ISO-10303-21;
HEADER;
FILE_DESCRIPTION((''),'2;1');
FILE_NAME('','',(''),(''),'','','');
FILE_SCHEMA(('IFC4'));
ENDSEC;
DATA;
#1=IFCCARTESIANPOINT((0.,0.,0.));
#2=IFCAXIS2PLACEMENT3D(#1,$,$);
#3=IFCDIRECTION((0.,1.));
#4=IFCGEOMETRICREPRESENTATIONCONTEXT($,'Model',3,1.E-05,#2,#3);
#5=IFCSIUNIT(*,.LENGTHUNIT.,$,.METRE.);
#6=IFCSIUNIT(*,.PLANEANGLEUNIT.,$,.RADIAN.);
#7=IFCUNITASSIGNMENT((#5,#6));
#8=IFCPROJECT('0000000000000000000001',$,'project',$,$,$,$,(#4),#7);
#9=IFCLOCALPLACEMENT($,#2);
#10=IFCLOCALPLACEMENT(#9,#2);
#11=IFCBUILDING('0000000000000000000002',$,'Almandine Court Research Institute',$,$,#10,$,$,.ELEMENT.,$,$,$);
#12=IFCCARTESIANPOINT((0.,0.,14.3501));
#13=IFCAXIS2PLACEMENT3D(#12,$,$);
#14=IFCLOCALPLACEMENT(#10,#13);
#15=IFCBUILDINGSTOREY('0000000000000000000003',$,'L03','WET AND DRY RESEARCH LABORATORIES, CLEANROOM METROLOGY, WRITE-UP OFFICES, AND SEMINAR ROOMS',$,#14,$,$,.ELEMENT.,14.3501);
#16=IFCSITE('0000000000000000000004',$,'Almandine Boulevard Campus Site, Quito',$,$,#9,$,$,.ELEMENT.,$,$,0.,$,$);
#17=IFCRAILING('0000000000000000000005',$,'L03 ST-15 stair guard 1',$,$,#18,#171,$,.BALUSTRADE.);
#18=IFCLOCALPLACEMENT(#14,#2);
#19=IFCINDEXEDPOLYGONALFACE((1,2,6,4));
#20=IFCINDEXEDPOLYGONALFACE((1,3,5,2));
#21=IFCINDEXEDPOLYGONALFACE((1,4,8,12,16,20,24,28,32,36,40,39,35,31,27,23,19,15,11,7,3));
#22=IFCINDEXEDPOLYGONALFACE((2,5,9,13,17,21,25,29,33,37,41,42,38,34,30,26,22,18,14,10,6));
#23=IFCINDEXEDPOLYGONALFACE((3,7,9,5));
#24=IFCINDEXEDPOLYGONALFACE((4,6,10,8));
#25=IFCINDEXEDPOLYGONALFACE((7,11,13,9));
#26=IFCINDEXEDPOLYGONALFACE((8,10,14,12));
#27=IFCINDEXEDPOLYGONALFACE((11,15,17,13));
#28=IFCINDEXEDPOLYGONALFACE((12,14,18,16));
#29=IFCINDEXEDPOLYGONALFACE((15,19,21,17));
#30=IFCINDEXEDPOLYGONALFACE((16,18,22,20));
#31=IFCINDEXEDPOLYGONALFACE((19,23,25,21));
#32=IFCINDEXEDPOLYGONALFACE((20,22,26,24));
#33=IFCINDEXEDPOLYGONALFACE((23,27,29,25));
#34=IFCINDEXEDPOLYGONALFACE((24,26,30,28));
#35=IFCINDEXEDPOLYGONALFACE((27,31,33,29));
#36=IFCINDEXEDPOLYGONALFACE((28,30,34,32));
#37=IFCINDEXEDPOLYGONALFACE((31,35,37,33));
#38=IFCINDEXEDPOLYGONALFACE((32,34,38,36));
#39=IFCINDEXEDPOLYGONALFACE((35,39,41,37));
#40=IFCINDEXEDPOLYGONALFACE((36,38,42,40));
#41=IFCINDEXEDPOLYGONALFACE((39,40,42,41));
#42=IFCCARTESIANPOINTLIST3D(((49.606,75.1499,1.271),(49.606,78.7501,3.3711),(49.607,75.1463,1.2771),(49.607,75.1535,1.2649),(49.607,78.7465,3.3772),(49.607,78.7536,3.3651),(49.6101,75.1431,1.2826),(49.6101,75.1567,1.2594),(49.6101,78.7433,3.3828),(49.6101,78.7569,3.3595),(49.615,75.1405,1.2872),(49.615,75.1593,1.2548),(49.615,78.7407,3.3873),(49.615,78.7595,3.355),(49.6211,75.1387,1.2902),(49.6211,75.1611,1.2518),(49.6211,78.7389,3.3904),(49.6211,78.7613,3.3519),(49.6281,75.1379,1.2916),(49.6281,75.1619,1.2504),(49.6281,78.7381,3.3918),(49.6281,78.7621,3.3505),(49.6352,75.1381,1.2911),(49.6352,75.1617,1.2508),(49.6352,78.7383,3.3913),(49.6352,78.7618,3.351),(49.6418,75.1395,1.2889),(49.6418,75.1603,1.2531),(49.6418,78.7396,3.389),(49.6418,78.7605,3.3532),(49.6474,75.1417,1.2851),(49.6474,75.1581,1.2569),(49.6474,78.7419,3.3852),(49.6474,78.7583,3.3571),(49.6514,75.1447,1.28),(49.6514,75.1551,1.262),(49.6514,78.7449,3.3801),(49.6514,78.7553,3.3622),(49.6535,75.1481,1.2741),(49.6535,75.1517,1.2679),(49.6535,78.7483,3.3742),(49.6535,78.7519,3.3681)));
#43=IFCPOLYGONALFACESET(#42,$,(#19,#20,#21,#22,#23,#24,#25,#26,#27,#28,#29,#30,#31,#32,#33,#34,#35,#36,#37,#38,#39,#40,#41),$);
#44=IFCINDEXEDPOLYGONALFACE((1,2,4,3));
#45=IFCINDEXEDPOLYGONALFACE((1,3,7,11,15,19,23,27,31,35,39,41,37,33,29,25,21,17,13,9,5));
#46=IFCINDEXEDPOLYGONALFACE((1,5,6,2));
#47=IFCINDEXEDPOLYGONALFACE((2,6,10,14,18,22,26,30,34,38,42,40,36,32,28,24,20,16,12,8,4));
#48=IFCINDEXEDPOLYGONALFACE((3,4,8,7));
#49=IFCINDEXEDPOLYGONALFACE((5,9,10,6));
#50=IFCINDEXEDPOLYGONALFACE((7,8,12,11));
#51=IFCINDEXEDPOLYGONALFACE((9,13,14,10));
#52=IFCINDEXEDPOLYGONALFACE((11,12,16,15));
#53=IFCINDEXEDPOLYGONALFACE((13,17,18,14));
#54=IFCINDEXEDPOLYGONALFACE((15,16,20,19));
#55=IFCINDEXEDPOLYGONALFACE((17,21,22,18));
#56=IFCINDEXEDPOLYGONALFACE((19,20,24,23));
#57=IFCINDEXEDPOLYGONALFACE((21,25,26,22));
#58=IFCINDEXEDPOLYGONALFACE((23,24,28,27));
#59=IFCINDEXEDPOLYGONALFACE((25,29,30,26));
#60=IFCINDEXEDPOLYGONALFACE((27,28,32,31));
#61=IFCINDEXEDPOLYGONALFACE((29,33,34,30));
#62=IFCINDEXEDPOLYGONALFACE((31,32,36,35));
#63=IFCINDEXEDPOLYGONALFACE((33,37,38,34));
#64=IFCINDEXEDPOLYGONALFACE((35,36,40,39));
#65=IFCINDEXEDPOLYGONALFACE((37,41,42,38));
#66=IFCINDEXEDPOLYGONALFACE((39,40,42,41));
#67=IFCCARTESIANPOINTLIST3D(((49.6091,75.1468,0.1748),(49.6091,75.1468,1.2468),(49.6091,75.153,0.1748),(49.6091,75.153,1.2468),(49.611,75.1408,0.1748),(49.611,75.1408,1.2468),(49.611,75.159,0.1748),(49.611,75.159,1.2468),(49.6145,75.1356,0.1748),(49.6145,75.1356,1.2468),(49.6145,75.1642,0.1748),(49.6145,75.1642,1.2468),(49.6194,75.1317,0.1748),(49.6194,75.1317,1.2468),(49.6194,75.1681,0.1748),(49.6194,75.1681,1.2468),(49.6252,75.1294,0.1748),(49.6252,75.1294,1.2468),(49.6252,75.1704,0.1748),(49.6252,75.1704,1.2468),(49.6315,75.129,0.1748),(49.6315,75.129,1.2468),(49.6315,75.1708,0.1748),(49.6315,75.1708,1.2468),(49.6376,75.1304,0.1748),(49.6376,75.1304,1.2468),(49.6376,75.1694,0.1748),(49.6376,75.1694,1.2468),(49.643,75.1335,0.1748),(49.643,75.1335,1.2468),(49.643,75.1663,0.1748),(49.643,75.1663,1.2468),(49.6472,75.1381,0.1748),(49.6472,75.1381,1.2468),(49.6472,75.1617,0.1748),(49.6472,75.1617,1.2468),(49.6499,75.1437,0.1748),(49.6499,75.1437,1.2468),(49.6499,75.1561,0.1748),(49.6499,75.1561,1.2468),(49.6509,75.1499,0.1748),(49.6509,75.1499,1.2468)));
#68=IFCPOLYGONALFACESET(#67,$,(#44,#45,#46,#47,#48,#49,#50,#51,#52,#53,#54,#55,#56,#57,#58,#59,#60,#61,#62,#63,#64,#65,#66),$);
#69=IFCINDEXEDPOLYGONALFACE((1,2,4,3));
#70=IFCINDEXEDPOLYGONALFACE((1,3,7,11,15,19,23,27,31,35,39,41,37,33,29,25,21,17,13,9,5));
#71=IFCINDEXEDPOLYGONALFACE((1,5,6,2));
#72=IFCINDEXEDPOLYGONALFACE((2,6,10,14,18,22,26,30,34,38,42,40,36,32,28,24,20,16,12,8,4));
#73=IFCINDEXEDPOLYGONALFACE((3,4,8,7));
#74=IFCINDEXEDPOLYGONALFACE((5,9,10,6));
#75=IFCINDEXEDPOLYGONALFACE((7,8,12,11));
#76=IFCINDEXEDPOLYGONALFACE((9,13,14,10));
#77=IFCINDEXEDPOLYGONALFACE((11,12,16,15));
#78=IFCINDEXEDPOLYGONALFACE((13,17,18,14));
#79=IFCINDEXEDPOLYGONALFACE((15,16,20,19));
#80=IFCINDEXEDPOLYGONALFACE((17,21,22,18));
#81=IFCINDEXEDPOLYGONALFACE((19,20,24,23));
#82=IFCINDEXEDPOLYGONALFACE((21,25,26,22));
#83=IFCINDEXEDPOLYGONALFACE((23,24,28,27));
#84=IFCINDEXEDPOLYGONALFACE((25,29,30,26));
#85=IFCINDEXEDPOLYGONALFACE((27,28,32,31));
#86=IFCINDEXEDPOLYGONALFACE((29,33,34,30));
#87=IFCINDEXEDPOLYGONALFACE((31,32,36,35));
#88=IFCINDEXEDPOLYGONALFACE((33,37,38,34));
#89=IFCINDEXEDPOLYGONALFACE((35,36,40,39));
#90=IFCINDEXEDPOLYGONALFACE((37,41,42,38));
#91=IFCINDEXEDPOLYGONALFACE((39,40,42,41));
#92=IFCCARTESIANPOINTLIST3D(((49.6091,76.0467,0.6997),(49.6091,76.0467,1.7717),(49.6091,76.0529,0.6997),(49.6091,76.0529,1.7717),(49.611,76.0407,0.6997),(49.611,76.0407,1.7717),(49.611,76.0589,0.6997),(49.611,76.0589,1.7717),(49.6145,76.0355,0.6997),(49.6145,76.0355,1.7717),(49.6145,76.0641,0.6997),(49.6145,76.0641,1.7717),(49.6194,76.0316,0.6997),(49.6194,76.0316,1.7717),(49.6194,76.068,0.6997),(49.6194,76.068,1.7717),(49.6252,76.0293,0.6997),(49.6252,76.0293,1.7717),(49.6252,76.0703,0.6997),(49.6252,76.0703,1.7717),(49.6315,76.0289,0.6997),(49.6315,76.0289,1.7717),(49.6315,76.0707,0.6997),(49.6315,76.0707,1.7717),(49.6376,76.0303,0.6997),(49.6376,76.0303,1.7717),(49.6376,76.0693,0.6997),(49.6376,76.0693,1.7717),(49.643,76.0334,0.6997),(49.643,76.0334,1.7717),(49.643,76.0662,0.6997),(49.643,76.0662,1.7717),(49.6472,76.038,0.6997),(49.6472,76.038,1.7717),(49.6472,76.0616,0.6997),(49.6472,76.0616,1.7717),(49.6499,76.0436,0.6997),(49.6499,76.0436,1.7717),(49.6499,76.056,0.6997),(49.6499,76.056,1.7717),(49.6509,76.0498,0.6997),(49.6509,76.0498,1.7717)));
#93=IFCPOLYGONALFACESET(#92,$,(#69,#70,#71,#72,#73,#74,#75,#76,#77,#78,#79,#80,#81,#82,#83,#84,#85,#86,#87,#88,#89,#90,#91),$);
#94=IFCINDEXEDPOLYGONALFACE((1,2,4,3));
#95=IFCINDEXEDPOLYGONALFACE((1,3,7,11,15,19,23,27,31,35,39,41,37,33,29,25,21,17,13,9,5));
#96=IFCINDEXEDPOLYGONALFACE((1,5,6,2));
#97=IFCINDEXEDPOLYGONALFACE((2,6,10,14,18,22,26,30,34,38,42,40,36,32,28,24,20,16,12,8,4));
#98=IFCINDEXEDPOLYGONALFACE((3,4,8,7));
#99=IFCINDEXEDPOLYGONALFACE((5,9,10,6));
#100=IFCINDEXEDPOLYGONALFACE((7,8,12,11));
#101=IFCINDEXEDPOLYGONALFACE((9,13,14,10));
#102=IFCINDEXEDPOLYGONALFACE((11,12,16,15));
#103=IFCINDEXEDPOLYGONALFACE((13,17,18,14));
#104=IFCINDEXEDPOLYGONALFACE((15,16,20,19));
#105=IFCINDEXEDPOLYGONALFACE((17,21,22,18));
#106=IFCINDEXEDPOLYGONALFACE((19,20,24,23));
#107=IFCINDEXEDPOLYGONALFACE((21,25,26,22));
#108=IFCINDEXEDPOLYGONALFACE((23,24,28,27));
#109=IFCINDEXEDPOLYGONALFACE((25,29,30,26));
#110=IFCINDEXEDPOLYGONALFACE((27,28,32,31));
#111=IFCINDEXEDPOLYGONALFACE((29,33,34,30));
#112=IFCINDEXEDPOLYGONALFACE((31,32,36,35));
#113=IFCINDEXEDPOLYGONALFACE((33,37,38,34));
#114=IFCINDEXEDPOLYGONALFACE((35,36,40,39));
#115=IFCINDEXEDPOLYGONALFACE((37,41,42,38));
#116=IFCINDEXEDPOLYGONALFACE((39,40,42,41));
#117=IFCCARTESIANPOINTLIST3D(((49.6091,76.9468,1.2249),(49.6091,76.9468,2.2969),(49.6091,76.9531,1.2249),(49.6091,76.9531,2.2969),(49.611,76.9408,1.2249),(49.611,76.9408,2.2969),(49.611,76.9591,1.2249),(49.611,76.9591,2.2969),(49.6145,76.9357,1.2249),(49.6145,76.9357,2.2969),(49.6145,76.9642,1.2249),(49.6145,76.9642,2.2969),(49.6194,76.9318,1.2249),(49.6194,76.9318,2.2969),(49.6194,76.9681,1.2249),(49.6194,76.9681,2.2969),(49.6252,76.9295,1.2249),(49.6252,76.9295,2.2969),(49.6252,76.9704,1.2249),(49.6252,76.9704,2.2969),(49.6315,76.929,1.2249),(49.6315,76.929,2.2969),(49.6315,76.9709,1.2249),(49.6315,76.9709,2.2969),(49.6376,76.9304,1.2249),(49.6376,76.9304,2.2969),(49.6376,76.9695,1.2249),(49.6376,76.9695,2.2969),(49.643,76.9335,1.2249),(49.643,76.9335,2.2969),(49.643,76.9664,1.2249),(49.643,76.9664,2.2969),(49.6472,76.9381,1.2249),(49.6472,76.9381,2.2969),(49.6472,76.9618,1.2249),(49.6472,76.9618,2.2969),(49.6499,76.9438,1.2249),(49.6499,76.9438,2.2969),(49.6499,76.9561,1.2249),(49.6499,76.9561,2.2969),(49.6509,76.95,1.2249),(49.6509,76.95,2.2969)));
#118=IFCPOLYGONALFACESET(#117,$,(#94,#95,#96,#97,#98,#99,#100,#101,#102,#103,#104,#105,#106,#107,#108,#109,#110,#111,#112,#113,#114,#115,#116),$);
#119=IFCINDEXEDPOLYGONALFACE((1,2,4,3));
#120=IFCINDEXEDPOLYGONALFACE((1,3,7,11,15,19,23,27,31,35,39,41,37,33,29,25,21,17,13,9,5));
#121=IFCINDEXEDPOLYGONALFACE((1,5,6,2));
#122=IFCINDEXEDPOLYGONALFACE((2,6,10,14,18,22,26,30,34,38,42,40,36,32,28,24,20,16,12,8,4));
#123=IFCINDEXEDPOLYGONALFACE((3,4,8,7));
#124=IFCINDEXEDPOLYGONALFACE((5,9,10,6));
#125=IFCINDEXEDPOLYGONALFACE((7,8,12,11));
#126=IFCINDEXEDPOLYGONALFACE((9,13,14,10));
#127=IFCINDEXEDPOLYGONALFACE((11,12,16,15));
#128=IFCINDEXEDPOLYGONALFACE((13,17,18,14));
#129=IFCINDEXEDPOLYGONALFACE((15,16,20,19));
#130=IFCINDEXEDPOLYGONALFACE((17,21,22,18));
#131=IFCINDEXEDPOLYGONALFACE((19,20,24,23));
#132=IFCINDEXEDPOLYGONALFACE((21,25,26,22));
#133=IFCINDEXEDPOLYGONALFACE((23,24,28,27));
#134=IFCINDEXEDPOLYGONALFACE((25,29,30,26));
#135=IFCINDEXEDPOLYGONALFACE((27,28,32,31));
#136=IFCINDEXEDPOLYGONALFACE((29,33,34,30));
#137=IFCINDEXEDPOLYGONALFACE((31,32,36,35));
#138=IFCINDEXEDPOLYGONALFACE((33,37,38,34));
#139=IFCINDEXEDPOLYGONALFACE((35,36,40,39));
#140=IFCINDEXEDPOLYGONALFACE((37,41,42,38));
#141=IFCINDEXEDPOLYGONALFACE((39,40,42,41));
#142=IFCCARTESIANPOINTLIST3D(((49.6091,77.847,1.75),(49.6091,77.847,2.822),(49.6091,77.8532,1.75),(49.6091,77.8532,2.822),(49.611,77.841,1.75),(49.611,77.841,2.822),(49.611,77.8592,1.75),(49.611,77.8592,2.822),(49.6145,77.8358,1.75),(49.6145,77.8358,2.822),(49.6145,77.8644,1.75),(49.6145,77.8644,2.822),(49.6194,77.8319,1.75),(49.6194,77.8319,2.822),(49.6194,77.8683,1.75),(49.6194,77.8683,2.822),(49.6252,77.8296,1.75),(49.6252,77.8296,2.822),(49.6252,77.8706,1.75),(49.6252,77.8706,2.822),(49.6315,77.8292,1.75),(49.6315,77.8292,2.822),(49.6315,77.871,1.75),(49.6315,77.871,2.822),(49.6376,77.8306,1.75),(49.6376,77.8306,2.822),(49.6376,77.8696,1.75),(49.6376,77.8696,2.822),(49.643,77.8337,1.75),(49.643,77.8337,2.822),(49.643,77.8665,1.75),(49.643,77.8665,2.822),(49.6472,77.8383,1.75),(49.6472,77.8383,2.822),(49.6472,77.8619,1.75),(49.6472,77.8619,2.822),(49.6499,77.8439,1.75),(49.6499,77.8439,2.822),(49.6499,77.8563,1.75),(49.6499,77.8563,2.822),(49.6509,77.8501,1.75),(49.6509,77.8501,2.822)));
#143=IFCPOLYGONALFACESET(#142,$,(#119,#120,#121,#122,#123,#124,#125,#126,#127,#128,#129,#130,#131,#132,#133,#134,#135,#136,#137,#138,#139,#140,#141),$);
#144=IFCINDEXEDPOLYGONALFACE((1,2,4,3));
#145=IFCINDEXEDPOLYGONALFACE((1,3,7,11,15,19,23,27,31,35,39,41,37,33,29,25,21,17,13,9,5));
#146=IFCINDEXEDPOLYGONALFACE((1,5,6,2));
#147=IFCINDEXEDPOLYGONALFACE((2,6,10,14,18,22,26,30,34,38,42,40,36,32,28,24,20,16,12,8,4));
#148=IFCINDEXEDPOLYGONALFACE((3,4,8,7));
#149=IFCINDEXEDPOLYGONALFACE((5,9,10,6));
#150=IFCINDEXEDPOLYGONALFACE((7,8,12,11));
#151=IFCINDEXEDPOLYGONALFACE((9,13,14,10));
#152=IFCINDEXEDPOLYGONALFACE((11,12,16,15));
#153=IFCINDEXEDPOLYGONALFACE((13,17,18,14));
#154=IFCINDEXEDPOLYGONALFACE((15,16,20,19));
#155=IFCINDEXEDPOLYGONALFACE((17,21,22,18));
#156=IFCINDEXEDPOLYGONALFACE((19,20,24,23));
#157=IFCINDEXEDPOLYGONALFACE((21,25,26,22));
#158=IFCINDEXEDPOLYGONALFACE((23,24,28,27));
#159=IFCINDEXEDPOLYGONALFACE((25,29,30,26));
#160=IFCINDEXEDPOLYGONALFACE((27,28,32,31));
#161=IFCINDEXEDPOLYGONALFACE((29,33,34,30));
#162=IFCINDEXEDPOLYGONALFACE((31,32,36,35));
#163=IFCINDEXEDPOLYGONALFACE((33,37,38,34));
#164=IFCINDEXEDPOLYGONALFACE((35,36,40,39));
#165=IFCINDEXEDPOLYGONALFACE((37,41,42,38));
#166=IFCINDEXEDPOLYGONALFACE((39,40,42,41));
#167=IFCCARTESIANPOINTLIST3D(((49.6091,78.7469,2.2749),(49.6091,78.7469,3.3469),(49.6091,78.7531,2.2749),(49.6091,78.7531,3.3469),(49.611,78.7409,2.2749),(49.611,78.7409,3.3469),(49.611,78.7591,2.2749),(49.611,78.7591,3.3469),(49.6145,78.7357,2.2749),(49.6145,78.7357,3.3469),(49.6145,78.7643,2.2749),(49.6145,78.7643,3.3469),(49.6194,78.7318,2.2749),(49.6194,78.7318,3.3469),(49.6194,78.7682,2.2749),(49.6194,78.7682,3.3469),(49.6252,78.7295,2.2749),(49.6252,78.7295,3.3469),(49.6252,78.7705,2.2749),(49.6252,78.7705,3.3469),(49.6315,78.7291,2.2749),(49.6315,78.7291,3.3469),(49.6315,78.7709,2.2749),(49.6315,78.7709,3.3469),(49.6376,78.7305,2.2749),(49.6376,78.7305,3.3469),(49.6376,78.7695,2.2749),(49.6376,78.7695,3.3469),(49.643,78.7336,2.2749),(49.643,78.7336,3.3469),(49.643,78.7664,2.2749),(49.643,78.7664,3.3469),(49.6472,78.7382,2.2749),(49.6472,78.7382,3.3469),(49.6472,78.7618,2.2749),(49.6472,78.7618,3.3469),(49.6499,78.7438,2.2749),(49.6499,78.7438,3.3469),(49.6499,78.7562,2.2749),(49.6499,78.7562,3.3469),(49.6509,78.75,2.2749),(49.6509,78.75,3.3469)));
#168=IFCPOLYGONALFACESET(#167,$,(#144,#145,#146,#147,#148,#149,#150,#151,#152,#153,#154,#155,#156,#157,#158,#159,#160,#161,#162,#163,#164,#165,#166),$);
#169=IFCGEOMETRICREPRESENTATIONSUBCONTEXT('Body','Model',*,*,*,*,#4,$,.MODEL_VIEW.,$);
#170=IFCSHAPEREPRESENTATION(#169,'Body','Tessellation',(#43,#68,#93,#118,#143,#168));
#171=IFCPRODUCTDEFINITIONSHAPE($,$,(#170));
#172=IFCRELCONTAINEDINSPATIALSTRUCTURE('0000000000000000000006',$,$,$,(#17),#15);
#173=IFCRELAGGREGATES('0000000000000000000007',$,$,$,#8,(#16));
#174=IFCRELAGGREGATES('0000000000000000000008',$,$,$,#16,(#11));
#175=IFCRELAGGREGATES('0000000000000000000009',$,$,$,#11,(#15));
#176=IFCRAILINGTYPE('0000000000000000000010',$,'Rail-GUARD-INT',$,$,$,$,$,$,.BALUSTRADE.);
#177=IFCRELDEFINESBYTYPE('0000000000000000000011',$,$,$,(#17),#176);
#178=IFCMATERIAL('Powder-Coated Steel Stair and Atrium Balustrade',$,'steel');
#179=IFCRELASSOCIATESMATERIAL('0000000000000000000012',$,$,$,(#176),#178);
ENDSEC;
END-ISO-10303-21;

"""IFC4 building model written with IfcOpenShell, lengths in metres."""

from ifc_helpers import new_model, si_unit, direction, frame, origin, origin_2d, place, context, subcontext, project, spatial, circle, extrude, material, type_object, element, save


model = new_model("IFC4")

# Units and contexts
model_context = context("Model", 3, precision=1e-05, world=origin(), true_north=direction((0.0, 1.0)))
body_context = subcontext(model_context, "Body", "Model", "MODEL_VIEW")
ifc_project = project(units=[si_unit("LENGTHUNIT", "METRE"), si_unit("PLANEANGLEUNIT", "RADIAN")], contexts=[model_context])

# Site, building, storey
site_placement = place(None, origin())
site = spatial("IfcSite", under=ifc_project, at=site_placement, Name="Almandine Boulevard Campus Site, Quito", CompositionType="ELEMENT", RefElevation=0.0)
building_placement = place(site_placement, origin())
building = spatial("IfcBuilding", under=site, at=building_placement, Name="Almandine Court Research Institute", CompositionType="ELEMENT")
storey_placement = place(building_placement, frame((0.0, 0.0, 14.3501)))
storey = spatial("IfcBuildingStorey", under=building, at=storey_placement, Name="L03", Description="WET AND DRY RESEARCH LABORATORIES, CLEANROOM METROLOGY, WRITE-UP OFFICES, AND SEMINAR ROOMS", CompositionType="ELEMENT", Elevation=14.3501)

# Railing
ifc_material_1 = material(Name="Powder-Coated Steel Stair and Atrium Balustrade", Category="steel")
railing_type_1 = type_object("IfcRailingType", Name="Rail-GUARD-INT", PredefinedType="BALUSTRADE", material=ifc_material_1)
railing_1_placement = place(storey_placement, frame((49.6299, 75.1499, 0.1748)))
element("IfcRailing", 1, at=railing_1_placement, inside=storey, type_object=railing_type_1, Name="L03 ST-15 stair guard 1", PredefinedType="BALUSTRADE", context=body_context, shape_type="SweptSolid", body=[
    extrude(circle(Radius=0.0239, at=origin_2d()), frame((0.0, 0.0, 1.0962), z_axis=(0.0, 0.863775, 0.503878), x_axis=(-1.0, 0.0, 0.0)), (0.0, 0.0, 1.0), 4.168),
    extrude(circle(Radius=0.021, at=origin_2d()), origin(), (0.0, 0.0, 1.0), 1.072),
    extrude(circle(Radius=0.021, at=origin_2d()), frame((0.0, 0.8999, 0.5249)), (0.0, 0.0, 1.0), 1.072),
    extrude(circle(Radius=0.021, at=origin_2d()), frame((0.0, 1.8, 1.05)), (0.0, 0.0, 1.0), 1.072),
    extrude(circle(Radius=0.021, at=origin_2d()), frame((0.0, 2.7002, 1.5752)), (0.0, 0.0, 1.0), 1.072),
    extrude(circle(Radius=0.021, at=origin_2d()), frame((0.0, 3.6001, 2.1001)), (0.0, 0.0, 1.0), 1.072),
])

save(model, "model.ifc")
